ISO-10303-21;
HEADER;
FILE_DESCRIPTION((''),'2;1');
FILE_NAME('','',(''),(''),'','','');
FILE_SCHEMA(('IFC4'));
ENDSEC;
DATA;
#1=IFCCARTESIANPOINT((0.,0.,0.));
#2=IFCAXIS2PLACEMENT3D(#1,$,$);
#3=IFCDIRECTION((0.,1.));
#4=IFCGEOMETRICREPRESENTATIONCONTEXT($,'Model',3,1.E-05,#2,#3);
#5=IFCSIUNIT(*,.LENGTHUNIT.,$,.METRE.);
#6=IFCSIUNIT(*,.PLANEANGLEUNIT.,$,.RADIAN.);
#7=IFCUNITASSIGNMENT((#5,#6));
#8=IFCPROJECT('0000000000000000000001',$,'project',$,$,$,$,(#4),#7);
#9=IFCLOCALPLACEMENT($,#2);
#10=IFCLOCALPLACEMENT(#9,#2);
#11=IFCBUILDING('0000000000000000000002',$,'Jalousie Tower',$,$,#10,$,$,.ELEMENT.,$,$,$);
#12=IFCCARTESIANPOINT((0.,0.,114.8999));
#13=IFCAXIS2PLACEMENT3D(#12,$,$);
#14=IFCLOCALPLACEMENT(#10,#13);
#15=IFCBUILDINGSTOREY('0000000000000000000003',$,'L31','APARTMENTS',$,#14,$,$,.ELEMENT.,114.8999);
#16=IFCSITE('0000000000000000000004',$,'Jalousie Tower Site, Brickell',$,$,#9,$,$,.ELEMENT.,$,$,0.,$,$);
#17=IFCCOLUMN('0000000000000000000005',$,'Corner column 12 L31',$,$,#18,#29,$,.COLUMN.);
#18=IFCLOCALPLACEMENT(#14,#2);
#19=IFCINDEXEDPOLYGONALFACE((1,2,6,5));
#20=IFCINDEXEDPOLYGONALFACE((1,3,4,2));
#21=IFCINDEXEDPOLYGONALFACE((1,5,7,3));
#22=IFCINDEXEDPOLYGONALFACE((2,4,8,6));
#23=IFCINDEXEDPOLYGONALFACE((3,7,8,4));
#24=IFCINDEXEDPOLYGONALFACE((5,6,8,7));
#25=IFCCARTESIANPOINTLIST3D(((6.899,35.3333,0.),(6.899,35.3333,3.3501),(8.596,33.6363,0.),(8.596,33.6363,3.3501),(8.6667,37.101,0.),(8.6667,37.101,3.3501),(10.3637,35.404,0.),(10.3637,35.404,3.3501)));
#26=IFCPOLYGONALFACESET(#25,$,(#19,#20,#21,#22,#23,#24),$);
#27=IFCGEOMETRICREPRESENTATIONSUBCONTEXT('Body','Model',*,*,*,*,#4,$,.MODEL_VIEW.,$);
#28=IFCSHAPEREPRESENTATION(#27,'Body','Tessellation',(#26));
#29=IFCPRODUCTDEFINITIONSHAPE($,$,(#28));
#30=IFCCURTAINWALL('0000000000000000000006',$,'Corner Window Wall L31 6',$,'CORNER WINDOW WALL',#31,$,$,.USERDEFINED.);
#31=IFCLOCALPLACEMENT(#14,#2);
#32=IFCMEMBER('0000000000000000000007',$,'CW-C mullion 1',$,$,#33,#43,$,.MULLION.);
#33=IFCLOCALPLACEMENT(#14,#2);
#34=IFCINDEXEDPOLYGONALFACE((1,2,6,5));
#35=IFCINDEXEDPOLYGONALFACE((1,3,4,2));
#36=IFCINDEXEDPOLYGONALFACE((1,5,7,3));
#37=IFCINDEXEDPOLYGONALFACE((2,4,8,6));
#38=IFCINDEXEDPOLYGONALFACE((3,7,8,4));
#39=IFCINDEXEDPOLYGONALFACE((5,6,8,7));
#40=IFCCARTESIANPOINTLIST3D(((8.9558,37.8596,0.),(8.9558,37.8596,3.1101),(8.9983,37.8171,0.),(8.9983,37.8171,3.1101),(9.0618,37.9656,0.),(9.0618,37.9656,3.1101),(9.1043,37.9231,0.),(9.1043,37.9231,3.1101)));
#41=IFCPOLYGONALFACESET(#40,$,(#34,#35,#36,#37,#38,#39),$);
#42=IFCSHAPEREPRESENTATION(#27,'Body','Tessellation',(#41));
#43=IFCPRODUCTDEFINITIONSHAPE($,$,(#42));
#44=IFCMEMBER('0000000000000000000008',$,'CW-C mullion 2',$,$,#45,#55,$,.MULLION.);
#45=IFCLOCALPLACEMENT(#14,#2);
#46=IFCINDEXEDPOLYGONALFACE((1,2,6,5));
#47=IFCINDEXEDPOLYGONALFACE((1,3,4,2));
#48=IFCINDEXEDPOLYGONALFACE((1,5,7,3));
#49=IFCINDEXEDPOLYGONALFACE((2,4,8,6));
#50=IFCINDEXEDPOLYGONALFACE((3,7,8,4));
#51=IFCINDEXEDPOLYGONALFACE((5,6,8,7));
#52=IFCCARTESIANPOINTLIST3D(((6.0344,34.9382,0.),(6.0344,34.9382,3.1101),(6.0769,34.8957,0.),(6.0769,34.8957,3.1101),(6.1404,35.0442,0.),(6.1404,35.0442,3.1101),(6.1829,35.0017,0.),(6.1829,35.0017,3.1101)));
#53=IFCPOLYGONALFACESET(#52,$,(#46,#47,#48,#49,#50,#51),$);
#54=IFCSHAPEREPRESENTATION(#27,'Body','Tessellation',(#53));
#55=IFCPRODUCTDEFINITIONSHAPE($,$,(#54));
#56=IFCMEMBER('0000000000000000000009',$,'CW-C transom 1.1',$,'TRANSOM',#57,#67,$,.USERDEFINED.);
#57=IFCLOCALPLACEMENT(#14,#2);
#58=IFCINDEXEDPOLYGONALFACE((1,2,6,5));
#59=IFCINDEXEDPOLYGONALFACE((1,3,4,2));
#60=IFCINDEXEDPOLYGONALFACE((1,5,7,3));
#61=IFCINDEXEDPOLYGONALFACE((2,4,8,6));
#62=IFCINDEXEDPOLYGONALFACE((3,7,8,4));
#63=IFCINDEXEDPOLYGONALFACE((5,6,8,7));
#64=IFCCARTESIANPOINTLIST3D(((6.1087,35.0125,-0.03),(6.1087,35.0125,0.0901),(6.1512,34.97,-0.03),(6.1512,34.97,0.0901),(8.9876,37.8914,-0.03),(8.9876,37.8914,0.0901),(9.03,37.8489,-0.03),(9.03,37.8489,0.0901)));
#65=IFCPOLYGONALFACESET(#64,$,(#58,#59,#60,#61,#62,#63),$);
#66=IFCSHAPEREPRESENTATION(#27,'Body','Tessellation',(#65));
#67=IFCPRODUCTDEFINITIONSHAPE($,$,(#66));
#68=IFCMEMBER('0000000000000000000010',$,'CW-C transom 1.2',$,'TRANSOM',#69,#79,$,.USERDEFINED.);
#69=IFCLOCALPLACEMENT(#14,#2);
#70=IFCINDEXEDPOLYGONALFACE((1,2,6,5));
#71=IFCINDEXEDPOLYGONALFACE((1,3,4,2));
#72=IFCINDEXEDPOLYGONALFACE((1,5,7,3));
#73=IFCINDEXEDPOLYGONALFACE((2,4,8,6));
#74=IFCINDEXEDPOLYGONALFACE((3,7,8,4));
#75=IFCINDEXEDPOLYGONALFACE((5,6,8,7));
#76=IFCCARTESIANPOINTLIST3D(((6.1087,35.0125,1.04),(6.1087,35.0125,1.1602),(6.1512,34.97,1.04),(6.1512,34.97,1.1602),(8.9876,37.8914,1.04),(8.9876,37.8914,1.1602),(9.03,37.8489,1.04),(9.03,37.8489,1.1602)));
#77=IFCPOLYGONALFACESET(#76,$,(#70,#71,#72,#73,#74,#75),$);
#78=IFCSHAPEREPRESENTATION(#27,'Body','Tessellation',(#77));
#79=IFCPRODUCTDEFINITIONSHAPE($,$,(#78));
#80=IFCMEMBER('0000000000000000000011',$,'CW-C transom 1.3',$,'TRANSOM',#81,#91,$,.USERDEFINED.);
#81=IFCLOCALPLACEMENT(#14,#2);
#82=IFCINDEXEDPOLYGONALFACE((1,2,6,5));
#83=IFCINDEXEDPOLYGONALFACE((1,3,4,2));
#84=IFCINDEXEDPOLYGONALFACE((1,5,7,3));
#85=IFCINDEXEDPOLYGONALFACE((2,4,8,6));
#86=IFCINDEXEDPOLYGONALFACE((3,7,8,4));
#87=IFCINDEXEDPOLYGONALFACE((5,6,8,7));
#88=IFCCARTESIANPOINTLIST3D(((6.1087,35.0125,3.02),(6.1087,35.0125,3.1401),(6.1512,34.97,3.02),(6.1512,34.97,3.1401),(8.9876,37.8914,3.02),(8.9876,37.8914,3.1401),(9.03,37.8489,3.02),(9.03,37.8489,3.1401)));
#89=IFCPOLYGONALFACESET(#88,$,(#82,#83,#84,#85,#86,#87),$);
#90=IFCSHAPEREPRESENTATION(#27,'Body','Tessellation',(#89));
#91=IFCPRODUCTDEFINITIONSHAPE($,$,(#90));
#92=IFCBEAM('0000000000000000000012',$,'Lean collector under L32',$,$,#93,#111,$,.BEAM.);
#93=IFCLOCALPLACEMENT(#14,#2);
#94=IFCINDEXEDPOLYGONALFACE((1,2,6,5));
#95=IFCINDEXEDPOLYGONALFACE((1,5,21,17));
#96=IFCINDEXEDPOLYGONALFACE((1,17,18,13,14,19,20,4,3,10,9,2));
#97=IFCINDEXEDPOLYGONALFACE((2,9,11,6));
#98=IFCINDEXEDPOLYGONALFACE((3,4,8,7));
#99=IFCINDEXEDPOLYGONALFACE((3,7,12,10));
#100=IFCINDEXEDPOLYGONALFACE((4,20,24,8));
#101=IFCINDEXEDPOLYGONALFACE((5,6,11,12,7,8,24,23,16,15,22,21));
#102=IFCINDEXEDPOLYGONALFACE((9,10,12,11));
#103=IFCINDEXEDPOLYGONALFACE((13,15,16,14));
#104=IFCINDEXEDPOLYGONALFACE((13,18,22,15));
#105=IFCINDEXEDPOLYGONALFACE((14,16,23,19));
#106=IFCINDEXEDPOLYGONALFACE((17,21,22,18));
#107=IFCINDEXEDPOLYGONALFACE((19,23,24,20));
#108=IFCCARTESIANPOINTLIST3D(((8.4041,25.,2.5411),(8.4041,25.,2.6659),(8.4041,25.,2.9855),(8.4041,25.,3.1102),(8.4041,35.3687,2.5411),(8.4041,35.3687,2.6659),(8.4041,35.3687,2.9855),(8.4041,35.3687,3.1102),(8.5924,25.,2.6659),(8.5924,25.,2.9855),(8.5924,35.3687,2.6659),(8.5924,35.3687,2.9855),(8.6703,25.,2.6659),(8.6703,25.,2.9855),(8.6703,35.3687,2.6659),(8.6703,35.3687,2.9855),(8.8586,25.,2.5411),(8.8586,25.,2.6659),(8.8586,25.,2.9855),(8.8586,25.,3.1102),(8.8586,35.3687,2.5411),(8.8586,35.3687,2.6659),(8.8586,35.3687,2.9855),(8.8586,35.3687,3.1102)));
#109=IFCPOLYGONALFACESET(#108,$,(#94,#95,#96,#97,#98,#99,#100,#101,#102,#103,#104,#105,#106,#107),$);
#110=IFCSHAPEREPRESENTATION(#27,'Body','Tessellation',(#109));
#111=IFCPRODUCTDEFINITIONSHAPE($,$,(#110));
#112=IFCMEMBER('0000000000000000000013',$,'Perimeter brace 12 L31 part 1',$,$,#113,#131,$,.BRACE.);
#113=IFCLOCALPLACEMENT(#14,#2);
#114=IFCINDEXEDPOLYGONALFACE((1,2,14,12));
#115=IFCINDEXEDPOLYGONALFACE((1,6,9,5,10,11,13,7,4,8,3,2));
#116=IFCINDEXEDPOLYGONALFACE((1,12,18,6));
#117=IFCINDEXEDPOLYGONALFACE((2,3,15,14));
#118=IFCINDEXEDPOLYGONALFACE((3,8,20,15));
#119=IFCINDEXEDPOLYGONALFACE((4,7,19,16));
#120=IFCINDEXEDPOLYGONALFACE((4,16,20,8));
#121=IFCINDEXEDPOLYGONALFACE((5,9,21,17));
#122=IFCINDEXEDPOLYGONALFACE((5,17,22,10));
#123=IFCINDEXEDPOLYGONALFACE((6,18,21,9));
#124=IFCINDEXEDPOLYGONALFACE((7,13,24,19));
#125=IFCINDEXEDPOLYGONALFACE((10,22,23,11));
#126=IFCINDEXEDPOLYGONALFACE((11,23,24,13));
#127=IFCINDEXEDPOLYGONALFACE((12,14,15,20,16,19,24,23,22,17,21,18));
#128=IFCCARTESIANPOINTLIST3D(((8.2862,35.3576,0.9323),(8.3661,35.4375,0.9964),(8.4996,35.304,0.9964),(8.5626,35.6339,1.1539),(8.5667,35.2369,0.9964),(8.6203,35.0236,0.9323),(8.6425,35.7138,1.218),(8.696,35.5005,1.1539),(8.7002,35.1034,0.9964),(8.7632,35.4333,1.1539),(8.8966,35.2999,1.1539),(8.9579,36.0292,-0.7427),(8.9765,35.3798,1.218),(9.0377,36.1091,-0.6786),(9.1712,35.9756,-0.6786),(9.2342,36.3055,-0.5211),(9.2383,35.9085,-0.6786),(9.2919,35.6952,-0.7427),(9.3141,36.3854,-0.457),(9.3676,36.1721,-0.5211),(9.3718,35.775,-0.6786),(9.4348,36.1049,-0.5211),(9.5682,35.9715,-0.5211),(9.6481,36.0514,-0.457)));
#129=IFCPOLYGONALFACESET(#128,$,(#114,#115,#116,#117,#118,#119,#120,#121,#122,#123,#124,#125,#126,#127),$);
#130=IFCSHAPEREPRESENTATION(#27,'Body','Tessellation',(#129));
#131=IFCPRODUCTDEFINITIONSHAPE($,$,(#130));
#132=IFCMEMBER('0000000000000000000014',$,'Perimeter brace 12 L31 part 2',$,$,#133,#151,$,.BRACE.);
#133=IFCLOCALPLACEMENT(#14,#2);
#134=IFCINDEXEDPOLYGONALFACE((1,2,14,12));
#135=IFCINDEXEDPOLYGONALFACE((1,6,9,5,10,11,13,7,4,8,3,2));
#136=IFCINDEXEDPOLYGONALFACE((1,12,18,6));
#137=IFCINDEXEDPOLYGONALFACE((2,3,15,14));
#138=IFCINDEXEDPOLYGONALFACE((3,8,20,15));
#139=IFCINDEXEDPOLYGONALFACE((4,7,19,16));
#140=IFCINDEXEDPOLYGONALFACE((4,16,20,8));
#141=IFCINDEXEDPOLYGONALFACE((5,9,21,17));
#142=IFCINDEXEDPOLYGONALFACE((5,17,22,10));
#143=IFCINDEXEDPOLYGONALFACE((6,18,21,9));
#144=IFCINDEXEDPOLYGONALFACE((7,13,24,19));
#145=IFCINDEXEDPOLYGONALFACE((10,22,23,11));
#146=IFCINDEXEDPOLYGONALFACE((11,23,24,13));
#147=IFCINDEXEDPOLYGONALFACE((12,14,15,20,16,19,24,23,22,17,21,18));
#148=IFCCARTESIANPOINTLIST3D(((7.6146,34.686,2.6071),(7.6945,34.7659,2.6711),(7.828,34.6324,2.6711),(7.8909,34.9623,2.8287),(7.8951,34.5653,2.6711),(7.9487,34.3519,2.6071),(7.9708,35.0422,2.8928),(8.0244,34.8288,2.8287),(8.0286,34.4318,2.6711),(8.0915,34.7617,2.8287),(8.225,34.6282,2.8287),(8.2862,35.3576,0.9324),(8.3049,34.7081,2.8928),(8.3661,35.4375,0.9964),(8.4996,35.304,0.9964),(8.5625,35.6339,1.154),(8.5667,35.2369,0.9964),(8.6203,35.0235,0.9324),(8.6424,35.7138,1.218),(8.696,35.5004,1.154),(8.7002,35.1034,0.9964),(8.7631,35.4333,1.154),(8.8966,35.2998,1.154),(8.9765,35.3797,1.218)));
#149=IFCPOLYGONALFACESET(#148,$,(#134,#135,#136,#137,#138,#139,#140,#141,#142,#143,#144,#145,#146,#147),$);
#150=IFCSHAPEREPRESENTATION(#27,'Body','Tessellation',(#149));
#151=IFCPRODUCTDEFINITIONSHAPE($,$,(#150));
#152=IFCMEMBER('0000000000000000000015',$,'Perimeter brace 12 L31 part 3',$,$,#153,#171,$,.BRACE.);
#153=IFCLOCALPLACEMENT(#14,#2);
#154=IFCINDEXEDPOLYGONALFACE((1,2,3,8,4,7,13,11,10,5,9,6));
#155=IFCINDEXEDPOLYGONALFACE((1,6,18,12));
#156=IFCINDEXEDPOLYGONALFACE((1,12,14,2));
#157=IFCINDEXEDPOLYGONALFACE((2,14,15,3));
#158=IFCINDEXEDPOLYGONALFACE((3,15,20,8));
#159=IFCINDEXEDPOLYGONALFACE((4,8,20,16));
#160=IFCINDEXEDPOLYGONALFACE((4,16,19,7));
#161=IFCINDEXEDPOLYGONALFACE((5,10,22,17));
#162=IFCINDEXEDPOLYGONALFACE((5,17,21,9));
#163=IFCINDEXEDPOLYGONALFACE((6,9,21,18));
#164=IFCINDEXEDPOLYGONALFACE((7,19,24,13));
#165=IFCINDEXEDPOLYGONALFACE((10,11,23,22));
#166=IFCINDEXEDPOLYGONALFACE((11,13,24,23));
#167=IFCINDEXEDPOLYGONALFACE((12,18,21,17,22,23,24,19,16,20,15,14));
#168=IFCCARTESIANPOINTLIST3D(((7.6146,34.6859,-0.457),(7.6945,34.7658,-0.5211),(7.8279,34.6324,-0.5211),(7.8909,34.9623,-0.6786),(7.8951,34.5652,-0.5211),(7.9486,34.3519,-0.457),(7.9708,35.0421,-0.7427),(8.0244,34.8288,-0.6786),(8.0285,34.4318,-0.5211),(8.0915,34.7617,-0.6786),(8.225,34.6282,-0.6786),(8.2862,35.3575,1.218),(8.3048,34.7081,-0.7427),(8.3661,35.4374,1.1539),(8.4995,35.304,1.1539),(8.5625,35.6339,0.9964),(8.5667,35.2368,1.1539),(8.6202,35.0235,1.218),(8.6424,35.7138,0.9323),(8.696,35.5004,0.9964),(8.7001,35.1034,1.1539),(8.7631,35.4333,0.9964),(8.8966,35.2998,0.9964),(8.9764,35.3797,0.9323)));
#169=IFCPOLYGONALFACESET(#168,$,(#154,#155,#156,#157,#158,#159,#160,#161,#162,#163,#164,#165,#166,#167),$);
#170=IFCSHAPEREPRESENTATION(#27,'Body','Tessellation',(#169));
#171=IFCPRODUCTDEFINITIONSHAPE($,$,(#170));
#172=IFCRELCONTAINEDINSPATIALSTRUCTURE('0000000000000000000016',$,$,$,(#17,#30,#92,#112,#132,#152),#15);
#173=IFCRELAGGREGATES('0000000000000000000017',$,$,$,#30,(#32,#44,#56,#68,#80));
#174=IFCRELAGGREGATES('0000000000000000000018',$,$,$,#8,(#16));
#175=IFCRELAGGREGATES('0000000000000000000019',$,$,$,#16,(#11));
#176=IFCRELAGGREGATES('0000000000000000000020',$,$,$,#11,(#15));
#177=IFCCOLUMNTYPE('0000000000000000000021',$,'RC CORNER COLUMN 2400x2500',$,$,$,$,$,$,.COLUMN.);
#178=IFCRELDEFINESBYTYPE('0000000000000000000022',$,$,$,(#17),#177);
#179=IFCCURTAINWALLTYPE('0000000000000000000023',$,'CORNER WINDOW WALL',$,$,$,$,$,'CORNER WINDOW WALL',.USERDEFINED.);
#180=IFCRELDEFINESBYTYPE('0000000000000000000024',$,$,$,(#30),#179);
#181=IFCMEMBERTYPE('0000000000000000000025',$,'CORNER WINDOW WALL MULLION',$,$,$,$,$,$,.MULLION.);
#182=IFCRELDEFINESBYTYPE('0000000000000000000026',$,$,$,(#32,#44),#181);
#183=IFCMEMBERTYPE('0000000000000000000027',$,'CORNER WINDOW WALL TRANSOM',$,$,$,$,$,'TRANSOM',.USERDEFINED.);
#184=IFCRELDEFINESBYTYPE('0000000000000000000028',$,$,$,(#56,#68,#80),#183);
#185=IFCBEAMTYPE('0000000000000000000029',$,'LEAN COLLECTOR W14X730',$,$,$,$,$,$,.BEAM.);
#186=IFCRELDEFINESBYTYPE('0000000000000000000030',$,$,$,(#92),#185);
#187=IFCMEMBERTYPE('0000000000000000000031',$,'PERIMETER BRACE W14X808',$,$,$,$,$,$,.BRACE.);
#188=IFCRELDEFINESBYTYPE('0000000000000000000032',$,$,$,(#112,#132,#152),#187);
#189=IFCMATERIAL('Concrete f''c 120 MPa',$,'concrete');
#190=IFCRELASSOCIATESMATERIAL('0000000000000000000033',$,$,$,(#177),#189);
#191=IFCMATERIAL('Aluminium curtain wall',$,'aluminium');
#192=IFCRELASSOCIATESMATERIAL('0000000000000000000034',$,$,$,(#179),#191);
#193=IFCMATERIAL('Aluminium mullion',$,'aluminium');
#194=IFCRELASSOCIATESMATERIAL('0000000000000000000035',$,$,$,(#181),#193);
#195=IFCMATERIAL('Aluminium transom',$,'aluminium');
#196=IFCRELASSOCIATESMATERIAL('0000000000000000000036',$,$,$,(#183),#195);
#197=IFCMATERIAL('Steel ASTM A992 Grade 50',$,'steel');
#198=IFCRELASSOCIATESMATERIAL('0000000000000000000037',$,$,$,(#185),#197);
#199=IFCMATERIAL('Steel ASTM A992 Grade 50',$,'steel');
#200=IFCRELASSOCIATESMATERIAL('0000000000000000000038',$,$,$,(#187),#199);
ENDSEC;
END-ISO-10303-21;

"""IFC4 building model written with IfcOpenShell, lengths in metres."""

from ifc_helpers import new_model, si_unit, direction, frame, origin, origin_2d, place, context, subcontext, project, spatial, rectangle, i_section, extrude, material, material_profile, profile_set, type_object, element, aggregate, save


model = new_model("IFC4")

# Units and contexts
model_context = context("Model", 3, precision=1e-05, world=origin(), true_north=direction((0.0, 1.0)))
body_context = subcontext(model_context, "Body", "Model", "MODEL_VIEW")
ifc_project = project(units=[si_unit("LENGTHUNIT", "METRE"), si_unit("PLANEANGLEUNIT", "RADIAN")], contexts=[model_context])

# Site, building, storey
site_placement = place(None, origin())
site = spatial("IfcSite", under=ifc_project, at=site_placement, Name="Jalousie Tower Site, Brickell", CompositionType="ELEMENT", RefElevation=0.0)
building_placement = place(site_placement, origin())
building = spatial("IfcBuilding", under=site, at=building_placement, Name="Jalousie Tower", CompositionType="ELEMENT")
storey_placement = place(building_placement, frame((0.0, 0.0, 114.8999)))
storey = spatial("IfcBuildingStorey", under=building, at=storey_placement, Name="L31", Description="APARTMENTS", CompositionType="ELEMENT", Elevation=114.8999)

# Column
ifc_material_1 = material(Name="Concrete f'c 120 MPa", Category="concrete")
ifc_material_profile_1 = material_profile(ifc_material_1, rectangle(XDim=2.3999, YDim=2.5, at=origin_2d()), Name="RC 2400x2500")
ifc_profile_set_1 = profile_set([ifc_material_profile_1], Name="Concrete f'c 120 MPa")
column_type = type_object("IfcColumnType", Name="RC CORNER COLUMN 2400x2500", PredefinedType="COLUMN", material=ifc_profile_set_1)
column_placement = place(storey_placement, frame((8.6313, 35.3687, 0.0), z_axis=(0.0, 0.0, 1.0), x_axis=(0.707107, -0.707107, 0.0)))
element("IfcColumn", 1, at=column_placement, inside=storey, type_object=column_type, Name="Corner column 12 L31", PredefinedType="COLUMN", context=body_context, shape_type="SweptSolid", body=[
    extrude(rectangle(XDim=2.3999, YDim=2.5, at=origin_2d()), origin(), (0.0, 0.0, 1.0), 3.3501),
])

# Curtain wall, members
ifc_material_2 = material(Name="Aluminium curtain wall", Category="aluminium")
curtain_wall_type_1 = type_object("IfcCurtainWallType", Name="CORNER WINDOW WALL", ElementType="CORNER WINDOW WALL", PredefinedType="USERDEFINED", material=ifc_material_2)
curtain_wall_1_placement = place(storey_placement, origin())
curtain_wall_1 = element("IfcCurtainWall", 2, at=curtain_wall_1_placement, inside=storey, type_object=curtain_wall_type_1, Name="Corner Window Wall L31 6", ObjectType="CORNER WINDOW WALL", PredefinedType="USERDEFINED")
ifc_material_3 = material(Name="Aluminium mullion", Category="aluminium")
ifc_material_profile_2 = material_profile(ifc_material_3, rectangle(XDim=0.0601, YDim=0.1499, at=origin_2d()), Name="MULLION 60x150")
ifc_profile_set_2 = profile_set([ifc_material_profile_2], Name="Aluminium mullion")
member_type_1 = type_object("IfcMemberType", Name="CORNER WINDOW WALL MULLION", PredefinedType="MULLION", material=ifc_profile_set_2)
member_1_placement = place(storey_placement, frame((9.03, 37.8914, 0.0), z_axis=(0.0, 0.0, 1.0), x_axis=(0.707107, -0.707107, 0.0)))
member_1 = element("IfcMember", 3, at=member_1_placement, type_object=member_type_1, Name="CW-C mullion 1", PredefinedType="MULLION", context=body_context, shape_type="SweptSolid", body=[
    extrude(rectangle(XDim=0.0601, YDim=0.1499, at=origin_2d()), origin(), (0.0, 0.0, 1.0), 3.1101),
])
member_2_placement = place(storey_placement, frame((6.1086, 34.97, 0.0), z_axis=(0.0, 0.0, 1.0), x_axis=(0.707107, -0.707107, 0.0)))
member_2 = element("IfcMember", 4, at=member_2_placement, type_object=member_type_1, Name="CW-C mullion 2", PredefinedType="MULLION", context=body_context, shape_type="SweptSolid", body=[
    extrude(rectangle(XDim=0.0601, YDim=0.1499, at=origin_2d()), origin(), (0.0, 0.0, 1.0), 3.1101),
])
ifc_material_4 = material(Name="Aluminium transom", Category="aluminium")
ifc_material_profile_3 = material_profile(ifc_material_4, rectangle(XDim=0.0601, YDim=0.1201, at=origin_2d()), Name="TRANSOM 60x120")
ifc_profile_set_3 = profile_set([ifc_material_profile_3], Name="Aluminium transom")
member_type_2 = type_object("IfcMemberType", Name="CORNER WINDOW WALL TRANSOM", ElementType="TRANSOM", PredefinedType="USERDEFINED", material=ifc_profile_set_3)
member_3_placement = place(storey_placement, frame((9.0088, 37.8701, 0.03), z_axis=(-0.707107, -0.707107, 0.0), x_axis=(0.707107, -0.707107, 0.0)))
member_3 = element("IfcMember", 5, at=member_3_placement, type_object=member_type_2, Name="CW-C transom 1.1", ObjectType="TRANSOM", PredefinedType="USERDEFINED", context=body_context, shape_type="SweptSolid", body=[
    extrude(rectangle(XDim=0.0601, YDim=0.1201, at=origin_2d()), origin(), (0.0, 0.0, 1.0), 4.0713),
])
member_4_placement = place(storey_placement, frame((9.0088, 37.8701, 1.1001), z_axis=(-0.707107, -0.707107, 0.0), x_axis=(0.707107, -0.707107, 0.0)))
member_4 = element("IfcMember", 6, at=member_4_placement, type_object=member_type_2, Name="CW-C transom 1.2", ObjectType="TRANSOM", PredefinedType="USERDEFINED", context=body_context, shape_type="SweptSolid", body=[
    extrude(rectangle(XDim=0.0601, YDim=0.1201, at=origin_2d()), origin(), (0.0, 0.0, 1.0), 4.0713),
])
member_5_placement = place(storey_placement, frame((9.0088, 37.8701, 3.0801), z_axis=(-0.707107, -0.707107, 0.0), x_axis=(0.707107, -0.707107, 0.0)))
member_5 = element("IfcMember", 7, at=member_5_placement, type_object=member_type_2, Name="CW-C transom 1.3", ObjectType="TRANSOM", PredefinedType="USERDEFINED", context=body_context, shape_type="SweptSolid", body=[
    extrude(rectangle(XDim=0.0601, YDim=0.1201, at=origin_2d()), origin(), (0.0, 0.0, 1.0), 4.0713),
])

# Beam
ifc_material_5 = material(Name="Steel ASTM A992 Grade 50", Category="steel")
ifc_material_profile_4 = material_profile(ifc_material_5, i_section(OverallWidth=0.4546, OverallDepth=0.5691, WebThickness=0.0779, FlangeThickness=0.1248, at=origin_2d()), Name="W14X730")
ifc_profile_set_4 = profile_set([ifc_material_profile_4], Name="Steel ASTM A992 Grade 50")
beam_type_1 = type_object("IfcBeamType", Name="LEAN COLLECTOR W14X730", PredefinedType="BEAM", material=ifc_profile_set_4)
beam_1_placement = place(storey_placement, frame((8.6313, 35.3687, 2.8257), z_axis=(0.0, -1.0, 0.0), x_axis=(1.0, 0.0, 0.0)))
element("IfcBeam", 8, at=beam_1_placement, inside=storey, type_object=beam_type_1, Name="Lean collector under L32", PredefinedType="BEAM", context=body_context, shape_type="SweptSolid", body=[
    extrude(i_section(OverallWidth=0.4546, OverallDepth=0.5691, WebThickness=0.0779, FlangeThickness=0.1248, at=origin_2d()), origin(), (0.0, 0.0, 1.0), 10.3687),
])

# Members
ifc_material_6 = material(Name="Steel ASTM A992 Grade 50", Category="steel")
ifc_material_profile_5 = material_profile(ifc_material_6, i_section(OverallWidth=0.4724, OverallDepth=0.5791, WebThickness=0.095, FlangeThickness=0.1299, at=origin_2d()), Name="W14X808")
ifc_profile_set_5 = profile_set([ifc_material_profile_5], Name="Steel ASTM A992 Grade 50")
member_type_3 = type_object("IfcMemberType", Name="PERIMETER BRACE W14X808", PredefinedType="BRACE", material=ifc_profile_set_5)
member_6_placement = place(storey_placement, frame((9.303, 36.0403, -0.5999), z_axis=(-0.348789, -0.348789, 0.869881), x_axis=(0.707107, -0.707107, 0.0)))
element("IfcMember", 9, at=member_6_placement, inside=storey, type_object=member_type_3, Name="Perimeter brace 12 L31 part 1", PredefinedType="BRACE", context=body_context, shape_type="SweptSolid", body=[
    extrude(i_section(OverallWidth=0.4724, OverallDepth=0.5791, WebThickness=0.095, FlangeThickness=0.1299, at=origin_2d()), origin(), (0.0, 0.0, 1.0), 1.9255),
])
member_7_placement = place(storey_placement, frame((8.6313, 35.3687, 1.0752), z_axis=(-0.348828, -0.348828, 0.86985), x_axis=(0.707107, -0.707107, 0.0)))
element("IfcMember", 10, at=member_7_placement, inside=storey, type_object=member_type_3, Name="Perimeter brace 12 L31 part 2", PredefinedType="BRACE", context=body_context, shape_type="SweptSolid", body=[
    extrude(i_section(OverallWidth=0.4724, OverallDepth=0.5791, WebThickness=0.095, FlangeThickness=0.1299, at=origin_2d()), origin(), (0.0, 0.0, 1.0), 1.9253),
])
member_8_placement = place(storey_placement, frame((7.9597, 34.697, -0.5999), z_axis=(0.348789, 0.348789, 0.869881), x_axis=(-0.707107, 0.707107, 0.0)))
element("IfcMember", 11, at=member_8_placement, inside=storey, type_object=member_type_3, Name="Perimeter brace 12 L31 part 3", PredefinedType="BRACE", context=body_context, shape_type="SweptSolid", body=[
    extrude(i_section(OverallWidth=0.4724, OverallDepth=0.5791, WebThickness=0.095, FlangeThickness=0.1299, at=origin_2d()), origin(), (0.0, 0.0, 1.0), 1.9255),
])

aggregate(curtain_wall_1, [member_1, member_2, member_3, member_4, member_5])

save(model, "model.ifc")
